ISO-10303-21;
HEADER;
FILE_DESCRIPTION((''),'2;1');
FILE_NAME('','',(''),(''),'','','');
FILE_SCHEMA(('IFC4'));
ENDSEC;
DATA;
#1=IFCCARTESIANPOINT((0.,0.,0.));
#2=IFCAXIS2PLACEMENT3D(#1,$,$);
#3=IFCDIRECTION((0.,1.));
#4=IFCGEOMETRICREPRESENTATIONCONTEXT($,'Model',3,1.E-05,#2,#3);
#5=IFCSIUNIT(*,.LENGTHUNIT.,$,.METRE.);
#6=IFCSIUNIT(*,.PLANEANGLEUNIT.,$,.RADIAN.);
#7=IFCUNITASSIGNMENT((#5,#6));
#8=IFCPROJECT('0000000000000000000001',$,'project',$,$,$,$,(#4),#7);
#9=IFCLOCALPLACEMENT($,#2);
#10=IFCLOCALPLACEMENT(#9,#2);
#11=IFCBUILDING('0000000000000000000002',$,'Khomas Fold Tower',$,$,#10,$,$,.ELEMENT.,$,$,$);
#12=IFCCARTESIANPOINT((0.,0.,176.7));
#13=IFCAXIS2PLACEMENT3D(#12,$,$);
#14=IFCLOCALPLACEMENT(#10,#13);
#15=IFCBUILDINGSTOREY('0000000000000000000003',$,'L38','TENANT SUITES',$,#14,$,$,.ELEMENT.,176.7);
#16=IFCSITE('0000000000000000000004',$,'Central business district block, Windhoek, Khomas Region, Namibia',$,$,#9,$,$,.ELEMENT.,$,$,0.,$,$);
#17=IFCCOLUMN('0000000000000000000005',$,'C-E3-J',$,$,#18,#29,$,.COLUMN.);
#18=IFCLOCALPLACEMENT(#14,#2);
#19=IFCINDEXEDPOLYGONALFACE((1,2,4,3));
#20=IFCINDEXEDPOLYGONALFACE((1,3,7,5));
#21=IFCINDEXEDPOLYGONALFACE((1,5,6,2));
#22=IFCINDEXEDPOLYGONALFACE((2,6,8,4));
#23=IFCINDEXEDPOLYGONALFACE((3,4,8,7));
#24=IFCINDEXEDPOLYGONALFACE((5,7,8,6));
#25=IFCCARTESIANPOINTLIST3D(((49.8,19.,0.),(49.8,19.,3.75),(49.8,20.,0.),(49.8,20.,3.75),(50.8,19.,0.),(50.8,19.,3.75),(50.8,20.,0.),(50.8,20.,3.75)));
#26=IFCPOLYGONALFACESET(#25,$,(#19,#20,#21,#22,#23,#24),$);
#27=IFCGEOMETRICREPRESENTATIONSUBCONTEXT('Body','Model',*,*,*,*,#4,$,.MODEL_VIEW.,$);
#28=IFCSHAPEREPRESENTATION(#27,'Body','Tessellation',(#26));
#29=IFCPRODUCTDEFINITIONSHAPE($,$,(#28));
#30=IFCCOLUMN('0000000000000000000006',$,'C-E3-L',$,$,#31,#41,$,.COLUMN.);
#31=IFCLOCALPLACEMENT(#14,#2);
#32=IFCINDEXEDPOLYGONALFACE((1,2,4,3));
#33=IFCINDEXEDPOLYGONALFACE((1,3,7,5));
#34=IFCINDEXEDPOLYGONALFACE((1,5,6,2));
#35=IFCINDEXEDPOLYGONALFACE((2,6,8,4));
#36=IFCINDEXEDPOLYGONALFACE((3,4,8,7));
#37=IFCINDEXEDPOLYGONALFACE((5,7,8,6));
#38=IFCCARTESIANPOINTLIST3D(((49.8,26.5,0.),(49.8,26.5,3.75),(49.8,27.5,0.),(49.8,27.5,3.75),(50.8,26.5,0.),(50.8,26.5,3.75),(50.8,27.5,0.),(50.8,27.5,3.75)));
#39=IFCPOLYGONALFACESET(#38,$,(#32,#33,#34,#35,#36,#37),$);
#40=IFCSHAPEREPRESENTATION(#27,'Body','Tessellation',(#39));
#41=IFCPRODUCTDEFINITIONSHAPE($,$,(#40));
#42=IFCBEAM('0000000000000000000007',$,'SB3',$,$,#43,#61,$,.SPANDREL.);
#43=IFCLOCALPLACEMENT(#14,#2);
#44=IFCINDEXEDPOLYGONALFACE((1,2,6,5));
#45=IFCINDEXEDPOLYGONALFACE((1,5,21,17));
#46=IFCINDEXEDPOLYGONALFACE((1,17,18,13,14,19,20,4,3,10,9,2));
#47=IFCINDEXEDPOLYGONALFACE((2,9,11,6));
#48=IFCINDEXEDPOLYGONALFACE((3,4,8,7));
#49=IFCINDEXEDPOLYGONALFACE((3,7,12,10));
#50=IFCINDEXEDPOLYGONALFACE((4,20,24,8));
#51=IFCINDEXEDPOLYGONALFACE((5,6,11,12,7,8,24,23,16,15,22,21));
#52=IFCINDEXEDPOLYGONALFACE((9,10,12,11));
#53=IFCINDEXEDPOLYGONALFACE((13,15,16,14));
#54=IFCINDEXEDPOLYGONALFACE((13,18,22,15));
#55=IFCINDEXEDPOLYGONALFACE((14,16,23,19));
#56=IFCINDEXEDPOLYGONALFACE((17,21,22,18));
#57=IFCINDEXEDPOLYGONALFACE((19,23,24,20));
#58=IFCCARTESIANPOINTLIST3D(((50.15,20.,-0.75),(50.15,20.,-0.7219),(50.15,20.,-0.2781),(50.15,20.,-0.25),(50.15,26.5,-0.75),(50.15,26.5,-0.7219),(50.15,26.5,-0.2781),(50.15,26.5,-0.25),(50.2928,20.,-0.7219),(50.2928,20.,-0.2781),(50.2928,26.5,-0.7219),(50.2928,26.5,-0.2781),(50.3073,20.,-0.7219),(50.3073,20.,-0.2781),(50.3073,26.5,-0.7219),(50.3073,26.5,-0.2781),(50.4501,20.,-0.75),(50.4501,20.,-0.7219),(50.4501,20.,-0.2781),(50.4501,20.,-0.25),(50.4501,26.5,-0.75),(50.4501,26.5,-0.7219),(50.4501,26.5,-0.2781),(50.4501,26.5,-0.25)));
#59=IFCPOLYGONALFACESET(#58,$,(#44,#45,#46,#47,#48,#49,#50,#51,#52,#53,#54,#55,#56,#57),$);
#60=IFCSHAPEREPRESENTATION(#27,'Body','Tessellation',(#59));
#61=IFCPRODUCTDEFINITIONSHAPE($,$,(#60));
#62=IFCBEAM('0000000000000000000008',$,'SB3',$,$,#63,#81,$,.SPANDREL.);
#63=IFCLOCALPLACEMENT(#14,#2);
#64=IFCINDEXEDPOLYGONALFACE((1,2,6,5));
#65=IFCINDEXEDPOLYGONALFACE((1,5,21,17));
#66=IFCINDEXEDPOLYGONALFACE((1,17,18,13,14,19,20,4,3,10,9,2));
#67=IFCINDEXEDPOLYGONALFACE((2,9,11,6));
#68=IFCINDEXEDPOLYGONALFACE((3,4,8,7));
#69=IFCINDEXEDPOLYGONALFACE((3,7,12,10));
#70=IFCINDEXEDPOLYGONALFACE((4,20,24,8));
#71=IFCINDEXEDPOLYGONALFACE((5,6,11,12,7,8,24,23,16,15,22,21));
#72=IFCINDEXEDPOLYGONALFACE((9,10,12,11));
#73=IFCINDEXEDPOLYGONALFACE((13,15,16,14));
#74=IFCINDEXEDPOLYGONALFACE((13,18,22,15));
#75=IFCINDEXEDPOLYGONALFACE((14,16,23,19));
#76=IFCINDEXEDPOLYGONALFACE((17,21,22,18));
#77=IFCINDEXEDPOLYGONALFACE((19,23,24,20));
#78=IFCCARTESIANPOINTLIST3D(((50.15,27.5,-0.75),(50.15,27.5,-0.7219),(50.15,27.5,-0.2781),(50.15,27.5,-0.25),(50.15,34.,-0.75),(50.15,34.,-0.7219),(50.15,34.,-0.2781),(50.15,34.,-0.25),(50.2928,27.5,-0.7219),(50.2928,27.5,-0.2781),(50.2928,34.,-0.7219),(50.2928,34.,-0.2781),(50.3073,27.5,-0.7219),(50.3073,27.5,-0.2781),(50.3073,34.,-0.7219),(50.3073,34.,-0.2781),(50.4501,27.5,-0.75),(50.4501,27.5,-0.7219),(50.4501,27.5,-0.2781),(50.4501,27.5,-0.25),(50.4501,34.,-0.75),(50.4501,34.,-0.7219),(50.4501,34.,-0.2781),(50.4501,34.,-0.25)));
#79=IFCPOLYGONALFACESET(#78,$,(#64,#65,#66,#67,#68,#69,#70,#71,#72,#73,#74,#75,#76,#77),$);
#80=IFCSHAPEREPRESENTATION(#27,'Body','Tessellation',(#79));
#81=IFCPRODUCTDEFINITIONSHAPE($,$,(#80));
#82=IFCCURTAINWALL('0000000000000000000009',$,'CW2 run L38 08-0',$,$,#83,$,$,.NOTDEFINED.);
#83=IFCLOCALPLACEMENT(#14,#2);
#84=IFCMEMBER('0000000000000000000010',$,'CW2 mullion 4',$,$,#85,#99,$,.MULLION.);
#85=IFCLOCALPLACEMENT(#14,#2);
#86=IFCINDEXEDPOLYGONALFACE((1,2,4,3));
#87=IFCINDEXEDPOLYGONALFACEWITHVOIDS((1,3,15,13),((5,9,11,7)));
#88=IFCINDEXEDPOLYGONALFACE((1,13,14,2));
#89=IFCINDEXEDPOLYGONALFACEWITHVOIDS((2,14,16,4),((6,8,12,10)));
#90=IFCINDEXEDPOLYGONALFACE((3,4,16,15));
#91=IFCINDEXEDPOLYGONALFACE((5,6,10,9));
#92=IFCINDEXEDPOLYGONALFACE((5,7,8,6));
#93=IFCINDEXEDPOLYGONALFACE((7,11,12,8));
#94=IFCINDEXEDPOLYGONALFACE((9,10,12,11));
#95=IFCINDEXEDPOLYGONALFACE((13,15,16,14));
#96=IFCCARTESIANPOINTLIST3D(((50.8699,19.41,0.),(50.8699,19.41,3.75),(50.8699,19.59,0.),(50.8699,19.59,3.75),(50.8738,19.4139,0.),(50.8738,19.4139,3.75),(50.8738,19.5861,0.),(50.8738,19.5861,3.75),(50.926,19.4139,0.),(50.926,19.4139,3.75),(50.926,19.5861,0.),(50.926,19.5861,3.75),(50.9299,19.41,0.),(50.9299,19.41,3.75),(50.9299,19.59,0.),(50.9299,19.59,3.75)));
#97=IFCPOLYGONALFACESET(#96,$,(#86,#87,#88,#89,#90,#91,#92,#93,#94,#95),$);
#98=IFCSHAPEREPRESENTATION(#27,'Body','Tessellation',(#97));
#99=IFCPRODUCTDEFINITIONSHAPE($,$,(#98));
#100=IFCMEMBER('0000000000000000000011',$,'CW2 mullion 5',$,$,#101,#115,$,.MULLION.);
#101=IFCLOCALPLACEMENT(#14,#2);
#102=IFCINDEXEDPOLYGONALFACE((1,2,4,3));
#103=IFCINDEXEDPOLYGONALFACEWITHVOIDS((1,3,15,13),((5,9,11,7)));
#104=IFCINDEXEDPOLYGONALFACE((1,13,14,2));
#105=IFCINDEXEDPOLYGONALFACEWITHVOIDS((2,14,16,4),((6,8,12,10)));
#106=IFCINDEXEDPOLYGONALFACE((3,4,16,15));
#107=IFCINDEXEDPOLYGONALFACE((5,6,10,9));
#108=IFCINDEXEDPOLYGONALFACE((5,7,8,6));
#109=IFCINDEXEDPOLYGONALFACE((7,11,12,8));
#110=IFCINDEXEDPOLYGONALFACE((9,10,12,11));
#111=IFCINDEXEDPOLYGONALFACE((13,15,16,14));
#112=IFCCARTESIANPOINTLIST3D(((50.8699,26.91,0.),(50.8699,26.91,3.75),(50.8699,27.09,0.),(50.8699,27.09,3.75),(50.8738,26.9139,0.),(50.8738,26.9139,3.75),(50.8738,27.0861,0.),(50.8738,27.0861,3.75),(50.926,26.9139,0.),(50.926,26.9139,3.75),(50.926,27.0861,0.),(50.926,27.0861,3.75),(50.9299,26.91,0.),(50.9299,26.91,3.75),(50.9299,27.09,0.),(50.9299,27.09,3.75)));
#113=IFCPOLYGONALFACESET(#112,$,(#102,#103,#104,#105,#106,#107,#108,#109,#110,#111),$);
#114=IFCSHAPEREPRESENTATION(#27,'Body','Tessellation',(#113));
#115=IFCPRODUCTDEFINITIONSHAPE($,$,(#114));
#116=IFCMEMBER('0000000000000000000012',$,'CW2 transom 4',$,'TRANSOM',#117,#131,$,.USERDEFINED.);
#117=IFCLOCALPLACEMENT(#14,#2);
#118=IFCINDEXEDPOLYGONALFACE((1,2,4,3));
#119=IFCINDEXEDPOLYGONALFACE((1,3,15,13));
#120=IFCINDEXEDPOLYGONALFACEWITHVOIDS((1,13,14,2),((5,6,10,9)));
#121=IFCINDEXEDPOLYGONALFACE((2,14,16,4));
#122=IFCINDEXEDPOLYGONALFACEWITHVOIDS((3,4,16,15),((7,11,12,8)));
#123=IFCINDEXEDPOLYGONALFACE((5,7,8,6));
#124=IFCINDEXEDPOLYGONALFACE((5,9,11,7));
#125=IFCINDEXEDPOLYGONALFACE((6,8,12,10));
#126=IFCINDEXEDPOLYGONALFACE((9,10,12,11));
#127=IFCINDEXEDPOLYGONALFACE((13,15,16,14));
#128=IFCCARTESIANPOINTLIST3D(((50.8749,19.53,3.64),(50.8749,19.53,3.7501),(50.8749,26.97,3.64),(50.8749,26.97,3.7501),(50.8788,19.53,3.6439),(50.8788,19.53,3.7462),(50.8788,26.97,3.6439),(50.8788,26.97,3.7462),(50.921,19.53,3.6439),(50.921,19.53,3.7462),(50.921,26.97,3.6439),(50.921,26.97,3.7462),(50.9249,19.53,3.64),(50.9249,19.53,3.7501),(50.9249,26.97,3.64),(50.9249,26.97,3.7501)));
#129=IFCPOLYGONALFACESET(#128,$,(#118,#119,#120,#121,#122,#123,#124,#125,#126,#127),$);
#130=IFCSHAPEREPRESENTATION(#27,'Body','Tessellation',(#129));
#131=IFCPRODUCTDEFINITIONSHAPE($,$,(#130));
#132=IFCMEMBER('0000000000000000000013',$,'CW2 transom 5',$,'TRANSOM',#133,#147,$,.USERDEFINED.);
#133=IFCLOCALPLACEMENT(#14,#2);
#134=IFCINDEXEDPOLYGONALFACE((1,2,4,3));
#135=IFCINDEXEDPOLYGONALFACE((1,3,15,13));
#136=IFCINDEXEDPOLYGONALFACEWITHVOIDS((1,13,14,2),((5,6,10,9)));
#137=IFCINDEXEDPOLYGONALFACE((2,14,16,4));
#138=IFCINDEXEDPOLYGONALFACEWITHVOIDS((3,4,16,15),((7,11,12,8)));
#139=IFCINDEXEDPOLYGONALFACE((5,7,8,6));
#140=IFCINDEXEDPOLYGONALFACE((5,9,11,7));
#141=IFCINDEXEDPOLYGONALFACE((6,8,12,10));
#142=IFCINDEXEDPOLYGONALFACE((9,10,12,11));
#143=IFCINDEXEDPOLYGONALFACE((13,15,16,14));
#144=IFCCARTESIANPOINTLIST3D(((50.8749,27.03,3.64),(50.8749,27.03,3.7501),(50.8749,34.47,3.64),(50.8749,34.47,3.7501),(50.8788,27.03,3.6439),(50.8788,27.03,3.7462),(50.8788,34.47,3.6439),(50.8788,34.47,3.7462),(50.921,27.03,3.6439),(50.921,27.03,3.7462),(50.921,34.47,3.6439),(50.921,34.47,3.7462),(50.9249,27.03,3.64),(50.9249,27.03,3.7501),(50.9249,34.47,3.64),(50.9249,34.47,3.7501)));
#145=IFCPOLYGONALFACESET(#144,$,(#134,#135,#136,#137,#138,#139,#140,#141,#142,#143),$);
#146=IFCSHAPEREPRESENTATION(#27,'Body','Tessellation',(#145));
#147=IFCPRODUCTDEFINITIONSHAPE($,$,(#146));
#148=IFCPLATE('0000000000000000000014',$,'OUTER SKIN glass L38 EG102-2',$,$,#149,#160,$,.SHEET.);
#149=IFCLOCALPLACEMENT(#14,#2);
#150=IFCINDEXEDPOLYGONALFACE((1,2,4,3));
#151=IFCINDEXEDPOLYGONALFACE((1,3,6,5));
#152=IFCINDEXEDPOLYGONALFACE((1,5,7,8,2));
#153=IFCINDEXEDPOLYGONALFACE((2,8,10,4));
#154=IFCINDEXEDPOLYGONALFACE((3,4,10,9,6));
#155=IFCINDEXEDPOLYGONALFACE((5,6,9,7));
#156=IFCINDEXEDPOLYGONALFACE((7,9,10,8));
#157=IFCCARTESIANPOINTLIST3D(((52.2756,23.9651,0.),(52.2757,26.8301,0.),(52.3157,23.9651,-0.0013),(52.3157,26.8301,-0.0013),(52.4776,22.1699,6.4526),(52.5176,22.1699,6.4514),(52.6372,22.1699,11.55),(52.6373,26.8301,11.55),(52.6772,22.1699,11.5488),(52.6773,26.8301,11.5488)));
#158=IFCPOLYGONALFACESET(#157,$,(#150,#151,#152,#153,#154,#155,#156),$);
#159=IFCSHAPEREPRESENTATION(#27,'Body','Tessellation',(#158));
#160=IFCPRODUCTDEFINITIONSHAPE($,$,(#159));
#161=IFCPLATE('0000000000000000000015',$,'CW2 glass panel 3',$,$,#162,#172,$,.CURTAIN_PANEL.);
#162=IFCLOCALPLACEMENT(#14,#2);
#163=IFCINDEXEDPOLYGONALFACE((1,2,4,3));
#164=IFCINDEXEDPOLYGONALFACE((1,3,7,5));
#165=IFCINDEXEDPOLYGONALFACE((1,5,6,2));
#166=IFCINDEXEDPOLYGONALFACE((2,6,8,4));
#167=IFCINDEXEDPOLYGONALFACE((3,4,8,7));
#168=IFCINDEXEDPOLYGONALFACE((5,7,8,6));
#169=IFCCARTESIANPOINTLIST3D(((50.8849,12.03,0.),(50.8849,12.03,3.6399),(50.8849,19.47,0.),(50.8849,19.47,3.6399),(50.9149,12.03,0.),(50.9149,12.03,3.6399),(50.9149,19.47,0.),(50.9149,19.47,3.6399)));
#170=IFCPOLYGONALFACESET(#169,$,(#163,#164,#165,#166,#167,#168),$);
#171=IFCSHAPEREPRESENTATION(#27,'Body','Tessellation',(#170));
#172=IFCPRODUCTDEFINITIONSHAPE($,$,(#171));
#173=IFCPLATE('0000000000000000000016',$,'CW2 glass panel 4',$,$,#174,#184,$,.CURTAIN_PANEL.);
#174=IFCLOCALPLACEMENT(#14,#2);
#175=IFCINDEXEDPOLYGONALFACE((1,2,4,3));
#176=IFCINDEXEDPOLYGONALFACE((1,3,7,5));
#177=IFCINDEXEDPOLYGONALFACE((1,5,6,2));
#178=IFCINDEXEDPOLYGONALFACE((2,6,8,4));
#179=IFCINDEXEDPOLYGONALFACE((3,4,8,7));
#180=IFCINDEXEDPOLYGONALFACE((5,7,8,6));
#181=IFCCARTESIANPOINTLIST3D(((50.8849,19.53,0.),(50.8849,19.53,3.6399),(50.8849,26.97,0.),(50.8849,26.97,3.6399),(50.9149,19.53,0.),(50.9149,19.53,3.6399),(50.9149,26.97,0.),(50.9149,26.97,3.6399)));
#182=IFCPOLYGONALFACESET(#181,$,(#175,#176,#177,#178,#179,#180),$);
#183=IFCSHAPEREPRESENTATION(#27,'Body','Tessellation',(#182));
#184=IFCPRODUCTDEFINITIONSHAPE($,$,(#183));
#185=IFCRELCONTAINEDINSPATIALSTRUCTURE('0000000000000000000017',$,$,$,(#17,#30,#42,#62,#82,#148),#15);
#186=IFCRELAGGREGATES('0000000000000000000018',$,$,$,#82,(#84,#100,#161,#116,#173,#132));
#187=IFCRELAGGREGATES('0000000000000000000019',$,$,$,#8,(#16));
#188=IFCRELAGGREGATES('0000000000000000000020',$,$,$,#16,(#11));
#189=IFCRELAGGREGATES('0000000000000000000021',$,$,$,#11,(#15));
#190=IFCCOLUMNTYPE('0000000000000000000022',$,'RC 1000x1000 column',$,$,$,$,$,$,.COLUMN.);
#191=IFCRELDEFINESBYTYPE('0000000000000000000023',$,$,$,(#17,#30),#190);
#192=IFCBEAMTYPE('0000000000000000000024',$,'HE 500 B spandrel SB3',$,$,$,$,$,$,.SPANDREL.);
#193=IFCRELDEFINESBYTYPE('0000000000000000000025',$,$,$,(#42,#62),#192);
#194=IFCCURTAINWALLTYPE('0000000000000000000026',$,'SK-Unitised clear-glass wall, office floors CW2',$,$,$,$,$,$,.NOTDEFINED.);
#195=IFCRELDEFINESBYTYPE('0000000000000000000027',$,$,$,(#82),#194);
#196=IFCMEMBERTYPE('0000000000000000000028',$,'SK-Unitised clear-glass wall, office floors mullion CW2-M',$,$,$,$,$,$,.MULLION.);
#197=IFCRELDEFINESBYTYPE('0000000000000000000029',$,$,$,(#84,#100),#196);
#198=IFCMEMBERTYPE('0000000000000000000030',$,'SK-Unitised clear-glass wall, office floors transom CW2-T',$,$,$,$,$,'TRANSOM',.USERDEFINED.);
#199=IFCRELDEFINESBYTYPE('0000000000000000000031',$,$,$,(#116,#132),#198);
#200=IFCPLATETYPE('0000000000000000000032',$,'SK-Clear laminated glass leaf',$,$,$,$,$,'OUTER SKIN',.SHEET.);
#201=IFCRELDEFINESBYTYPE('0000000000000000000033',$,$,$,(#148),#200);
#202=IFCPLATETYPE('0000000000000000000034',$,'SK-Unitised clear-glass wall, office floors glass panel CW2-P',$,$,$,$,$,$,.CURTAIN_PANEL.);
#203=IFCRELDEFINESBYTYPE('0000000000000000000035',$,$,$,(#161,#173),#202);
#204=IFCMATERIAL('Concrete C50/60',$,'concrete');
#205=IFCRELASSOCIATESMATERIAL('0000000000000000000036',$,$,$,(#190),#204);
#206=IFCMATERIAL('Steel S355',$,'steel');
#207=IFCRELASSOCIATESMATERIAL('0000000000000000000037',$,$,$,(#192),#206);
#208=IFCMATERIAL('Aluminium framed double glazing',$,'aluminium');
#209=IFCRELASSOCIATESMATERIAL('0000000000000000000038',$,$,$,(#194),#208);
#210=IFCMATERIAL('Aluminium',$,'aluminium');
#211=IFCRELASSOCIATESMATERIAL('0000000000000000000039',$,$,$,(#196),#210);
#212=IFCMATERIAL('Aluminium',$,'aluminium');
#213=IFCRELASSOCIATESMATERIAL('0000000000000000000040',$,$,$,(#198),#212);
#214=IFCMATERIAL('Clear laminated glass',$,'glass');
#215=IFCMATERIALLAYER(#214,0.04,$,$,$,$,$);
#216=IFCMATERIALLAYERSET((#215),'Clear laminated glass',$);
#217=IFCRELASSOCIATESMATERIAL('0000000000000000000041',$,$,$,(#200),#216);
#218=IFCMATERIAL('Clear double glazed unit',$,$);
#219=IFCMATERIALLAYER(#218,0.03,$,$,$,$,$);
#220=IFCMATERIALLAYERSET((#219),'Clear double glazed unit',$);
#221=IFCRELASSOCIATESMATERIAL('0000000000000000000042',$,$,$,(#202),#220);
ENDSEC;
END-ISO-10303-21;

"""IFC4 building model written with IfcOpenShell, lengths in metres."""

from ifc_helpers import new_model, si_unit, direction, frame, origin, origin_2d, place, context, subcontext, project, spatial, polyline, rectangle, hollow_rectangle, i_section, outline, extrude, source, transform, mapped, material, layer, layer_set, material_profile, profile_set, type_object, element, aggregate, save


model = new_model("IFC4")

# Units and contexts
model_context = context("Model", 3, precision=1e-05, world=origin(), true_north=direction((0.0, 1.0)))
body_context = subcontext(model_context, "Body", "Model", "MODEL_VIEW")
ifc_project = project(units=[si_unit("LENGTHUNIT", "METRE"), si_unit("PLANEANGLEUNIT", "RADIAN")], contexts=[model_context])

# Site, building, storey
site_placement = place(None, origin())
site = spatial("IfcSite", under=ifc_project, at=site_placement, Name="Central business district block, Windhoek, Khomas Region, Namibia", CompositionType="ELEMENT", RefElevation=0.0)
building_placement = place(site_placement, origin())
building = spatial("IfcBuilding", under=site, at=building_placement, Name="Khomas Fold Tower", CompositionType="ELEMENT")
storey_placement = place(building_placement, frame((0.0, 0.0, 176.7)))
storey = spatial("IfcBuildingStorey", under=building, at=storey_placement, Name="L38", Description="TENANT SUITES", CompositionType="ELEMENT", Elevation=176.7)

# Columns
ifc_material_1 = material(Name="Concrete C50/60", Category="concrete")
ifc_material_profile_1 = material_profile(ifc_material_1, rectangle(XDim=1.0, YDim=1.0, at=origin_2d()), Name="RC 1000x1000")
ifc_profile_set_1 = profile_set([ifc_material_profile_1], Name="Concrete C50/60")
column_type = type_object("IfcColumnType", Name="RC 1000x1000 column", PredefinedType="COLUMN", material=ifc_profile_set_1)
shared_shape_1 = source(origin(), body_context, "Body", "SweptSolid", [
    extrude(rectangle(XDim=1.0, YDim=1.0, at=origin_2d()), origin(), (0.0, 0.0, 1.0), 3.75),
])
for number, where, z_axis, x_axis, name in (
    (1, (50.3, 19.5, 0.0), (0.0, 0.0, 1.0), (1.0, 0.0, 0.0), "C-E3-J"),
    (2, (50.3, 27.0, 0.0), (0.0, 0.0, 1.0), (1.0, 0.0, 0.0), "C-E3-L"),
):
    element("IfcColumn", number, at=place(storey_placement, frame(where, z_axis=z_axis, x_axis=x_axis)), inside=storey, type_object=column_type, Name=name, PredefinedType="COLUMN", context=body_context, shape_type="MappedRepresentation", body=[
        mapped(shared_shape_1, transform((0.0, 0.0, 0.0))),
    ])

# Beams
ifc_material_2 = material(Name="Steel S355", Category="steel")
ifc_material_profile_2 = material_profile(ifc_material_2, i_section(OverallWidth=0.3, OverallDepth=0.5, WebThickness=0.0144, FlangeThickness=0.0281, at=origin_2d()), Name="HE 500 B")
ifc_profile_set_2 = profile_set([ifc_material_profile_2], Name="Steel S355")
beam_type = type_object("IfcBeamType", Name="HE 500 B spandrel SB3", PredefinedType="SPANDREL", material=ifc_profile_set_2)
shared_shape_2 = source(origin(), body_context, "Body", "SweptSolid", [
    extrude(i_section(OverallWidth=0.3, OverallDepth=0.5, WebThickness=0.0144, FlangeThickness=0.0281, at=origin_2d()), origin(), (0.0, 0.0, 1.0), 6.5),
])
for number, where, z_axis, x_axis, name in (
    (3, (50.3, 20.0, -0.5), (0.0, 1.0, 0.0), (-1.0, 0.0, 0.0), "SB3"),
    (4, (50.3, 27.5, -0.5), (0.0, 1.0, 0.0), (-1.0, 0.0, 0.0), "SB3"),
):
    element("IfcBeam", number, at=place(storey_placement, frame(where, z_axis=z_axis, x_axis=x_axis)), inside=storey, type_object=beam_type, Name=name, PredefinedType="SPANDREL", context=body_context, shape_type="MappedRepresentation", body=[
        mapped(shared_shape_2, transform((0.0, 0.0, 0.0))),
    ])

# Curtain wall, members
ifc_material_3 = material(Name="Aluminium framed double glazing", Category="aluminium")
curtain_wall_type = type_object("IfcCurtainWallType", Name="SK-Unitised clear-glass wall, office floors CW2", PredefinedType="NOTDEFINED", material=ifc_material_3)
curtain_wall_placement = place(storey_placement, origin())
curtain_wall = element("IfcCurtainWall", 5, at=curtain_wall_placement, inside=storey, type_object=curtain_wall_type, Name="CW2 run L38 08-0", PredefinedType="NOTDEFINED")
ifc_material_4 = material(Name="Aluminium", Category="aluminium")
ifc_material_profile_3 = material_profile(ifc_material_4, hollow_rectangle(XDim=0.0601, YDim=0.1799, WallThickness=0.0039, at=origin_2d()), Name="SK-Unitised clear-glass wall, office floors mullion CW2-M")
ifc_profile_set_3 = profile_set([ifc_material_profile_3], Name="Aluminium")
member_type_1 = type_object("IfcMemberType", Name="SK-Unitised clear-glass wall, office floors mullion CW2-M", PredefinedType="MULLION", material=ifc_profile_set_3)
shared_shape_3 = source(origin(), body_context, "Body", "SweptSolid", [
    extrude(hollow_rectangle(XDim=0.0601, YDim=0.1799, WallThickness=0.0039, at=origin_2d()), origin(), (0.0, 0.0, 1.0), 3.75),
])
member_1_placement = place(storey_placement, frame((50.8999, 19.5, 0.0), z_axis=(0.0, 0.0, 1.0), x_axis=(-1.0, 0.0, 0.0)))
member_1 = element("IfcMember", 6, at=member_1_placement, type_object=member_type_1, Name="CW2 mullion 4", PredefinedType="MULLION", context=body_context, shape_type="MappedRepresentation", body=[
    mapped(shared_shape_3, transform((0.0, 0.0, 0.0))),
])
member_2_placement = place(storey_placement, frame((50.8999, 27.0, 0.0), z_axis=(0.0, 0.0, 1.0), x_axis=(-1.0, 0.0, 0.0)))
member_2 = element("IfcMember", 7, at=member_2_placement, type_object=member_type_1, Name="CW2 mullion 5", PredefinedType="MULLION", context=body_context, shape_type="MappedRepresentation", body=[
    mapped(shared_shape_3, transform((0.0, 0.0, 0.0))),
])
ifc_material_5 = material(Name="Aluminium", Category="aluminium")
ifc_material_profile_4 = material_profile(ifc_material_5, hollow_rectangle(XDim=0.05, YDim=0.1101, WallThickness=0.0039, at=origin_2d()), Name="SK-Unitised clear-glass wall, office floors transom CW2-T")
ifc_profile_set_4 = profile_set([ifc_material_profile_4], Name="Aluminium")
member_type_2 = type_object("IfcMemberType", Name="SK-Unitised clear-glass wall, office floors transom CW2-T", ElementType="TRANSOM", PredefinedType="USERDEFINED", material=ifc_profile_set_4)
shared_shape_4 = source(origin(), body_context, "Body", "SweptSolid", [
    extrude(hollow_rectangle(XDim=0.05, YDim=0.1101, WallThickness=0.0039, at=origin_2d()), origin(), (0.0, 0.0, 1.0), 7.4399),
])
member_3_placement = place(storey_placement, frame((50.8999, 19.53, 3.6951), z_axis=(0.0, 1.0, 0.0), x_axis=(-1.0, 0.0, 0.0)))
member_3 = element("IfcMember", 8, at=member_3_placement, type_object=member_type_2, Name="CW2 transom 4", ObjectType="TRANSOM", PredefinedType="USERDEFINED", context=body_context, shape_type="MappedRepresentation", body=[
    mapped(shared_shape_4, transform((0.0, 0.0, 0.0))),
])
member_4_placement = place(storey_placement, frame((50.8999, 27.03, 3.6951), z_axis=(0.0, 1.0, 0.0), x_axis=(-1.0, 0.0, 0.0)))
member_4 = element("IfcMember", 9, at=member_4_placement, type_object=member_type_2, Name="CW2 transom 5", ObjectType="TRANSOM", PredefinedType="USERDEFINED", context=body_context, shape_type="MappedRepresentation", body=[
    mapped(shared_shape_4, transform((0.0, 0.0, 0.0))),
])

# Plates
ifc_material_6 = material(Name="Clear laminated glass", Category="glass")
ifc_layer_1 = layer(ifc_material_6, 0.04)
ifc_layer_set_1 = layer_set([ifc_layer_1], Name="Clear laminated glass")
plate_type_1 = type_object("IfcPlateType", Name="SK-Clear laminated glass leaf", ElementType="OUTER SKIN", PredefinedType="SHEET", material=ifc_layer_set_1)
plate_1_placement = place(storey_placement, frame((52.2756, 23.9651, 0.0), z_axis=(-0.99951, 0.000011, 0.031291), x_axis=(0.030144, -0.267906, 0.962973)))
element("IfcPlate", 10, at=plate_1_placement, inside=storey, type_object=plate_type_1, Name="OUTER SKIN glass L38 EG102-2", PredefinedType="SHEET", context=body_context, shape_type="SweptSolid", body=[
    extrude(outline(polyline([(0.0, 0.0), (6.7007, 0.0), (11.6142, 1.3663), (10.3657, 5.8561), (-0.7675, 2.7603), (0.0, 0.0)])), origin(), (0.0, 0.0, -1.0), 0.04),
])
ifc_material_7 = material(Name="Clear double glazed unit")
ifc_layer_2 = layer(ifc_material_7, 0.03)
ifc_layer_set_2 = layer_set([ifc_layer_2], Name="Clear double glazed unit")
plate_type_2 = type_object("IfcPlateType", Name="SK-Unitised clear-glass wall, office floors glass panel CW2-P", PredefinedType="CURTAIN_PANEL", material=ifc_layer_set_2)
shared_shape_5 = source(origin(), body_context, "Body", "SweptSolid", [
    extrude(rectangle(XDim=7.4399, YDim=0.03, at=origin_2d()), origin(), (0.0, 0.0, 1.0), 3.6399),
])
plate_2_placement = place(storey_placement, frame((50.8999, 15.75, 0.0), z_axis=(0.0, 0.0, 1.0), x_axis=(0.0, 1.0, 0.0)))
plate_2 = element("IfcPlate", 11, at=plate_2_placement, type_object=plate_type_2, Name="CW2 glass panel 3", PredefinedType="CURTAIN_PANEL", context=body_context, shape_type="MappedRepresentation", body=[
    mapped(shared_shape_5, transform((0.0, 0.0, 0.0))),
])
plate_3_placement = place(storey_placement, frame((50.8999, 23.25, 0.0), z_axis=(0.0, 0.0, 1.0), x_axis=(0.0, 1.0, 0.0)))
plate_3 = element("IfcPlate", 12, at=plate_3_placement, type_object=plate_type_2, Name="CW2 glass panel 4", PredefinedType="CURTAIN_PANEL", context=body_context, shape_type="MappedRepresentation", body=[
    mapped(shared_shape_5, transform((0.0, 0.0, 0.0))),
])
aggregate(curtain_wall, [member_1, member_2, plate_2, member_3, plate_3, member_4])

save(model, "model.ifc")
